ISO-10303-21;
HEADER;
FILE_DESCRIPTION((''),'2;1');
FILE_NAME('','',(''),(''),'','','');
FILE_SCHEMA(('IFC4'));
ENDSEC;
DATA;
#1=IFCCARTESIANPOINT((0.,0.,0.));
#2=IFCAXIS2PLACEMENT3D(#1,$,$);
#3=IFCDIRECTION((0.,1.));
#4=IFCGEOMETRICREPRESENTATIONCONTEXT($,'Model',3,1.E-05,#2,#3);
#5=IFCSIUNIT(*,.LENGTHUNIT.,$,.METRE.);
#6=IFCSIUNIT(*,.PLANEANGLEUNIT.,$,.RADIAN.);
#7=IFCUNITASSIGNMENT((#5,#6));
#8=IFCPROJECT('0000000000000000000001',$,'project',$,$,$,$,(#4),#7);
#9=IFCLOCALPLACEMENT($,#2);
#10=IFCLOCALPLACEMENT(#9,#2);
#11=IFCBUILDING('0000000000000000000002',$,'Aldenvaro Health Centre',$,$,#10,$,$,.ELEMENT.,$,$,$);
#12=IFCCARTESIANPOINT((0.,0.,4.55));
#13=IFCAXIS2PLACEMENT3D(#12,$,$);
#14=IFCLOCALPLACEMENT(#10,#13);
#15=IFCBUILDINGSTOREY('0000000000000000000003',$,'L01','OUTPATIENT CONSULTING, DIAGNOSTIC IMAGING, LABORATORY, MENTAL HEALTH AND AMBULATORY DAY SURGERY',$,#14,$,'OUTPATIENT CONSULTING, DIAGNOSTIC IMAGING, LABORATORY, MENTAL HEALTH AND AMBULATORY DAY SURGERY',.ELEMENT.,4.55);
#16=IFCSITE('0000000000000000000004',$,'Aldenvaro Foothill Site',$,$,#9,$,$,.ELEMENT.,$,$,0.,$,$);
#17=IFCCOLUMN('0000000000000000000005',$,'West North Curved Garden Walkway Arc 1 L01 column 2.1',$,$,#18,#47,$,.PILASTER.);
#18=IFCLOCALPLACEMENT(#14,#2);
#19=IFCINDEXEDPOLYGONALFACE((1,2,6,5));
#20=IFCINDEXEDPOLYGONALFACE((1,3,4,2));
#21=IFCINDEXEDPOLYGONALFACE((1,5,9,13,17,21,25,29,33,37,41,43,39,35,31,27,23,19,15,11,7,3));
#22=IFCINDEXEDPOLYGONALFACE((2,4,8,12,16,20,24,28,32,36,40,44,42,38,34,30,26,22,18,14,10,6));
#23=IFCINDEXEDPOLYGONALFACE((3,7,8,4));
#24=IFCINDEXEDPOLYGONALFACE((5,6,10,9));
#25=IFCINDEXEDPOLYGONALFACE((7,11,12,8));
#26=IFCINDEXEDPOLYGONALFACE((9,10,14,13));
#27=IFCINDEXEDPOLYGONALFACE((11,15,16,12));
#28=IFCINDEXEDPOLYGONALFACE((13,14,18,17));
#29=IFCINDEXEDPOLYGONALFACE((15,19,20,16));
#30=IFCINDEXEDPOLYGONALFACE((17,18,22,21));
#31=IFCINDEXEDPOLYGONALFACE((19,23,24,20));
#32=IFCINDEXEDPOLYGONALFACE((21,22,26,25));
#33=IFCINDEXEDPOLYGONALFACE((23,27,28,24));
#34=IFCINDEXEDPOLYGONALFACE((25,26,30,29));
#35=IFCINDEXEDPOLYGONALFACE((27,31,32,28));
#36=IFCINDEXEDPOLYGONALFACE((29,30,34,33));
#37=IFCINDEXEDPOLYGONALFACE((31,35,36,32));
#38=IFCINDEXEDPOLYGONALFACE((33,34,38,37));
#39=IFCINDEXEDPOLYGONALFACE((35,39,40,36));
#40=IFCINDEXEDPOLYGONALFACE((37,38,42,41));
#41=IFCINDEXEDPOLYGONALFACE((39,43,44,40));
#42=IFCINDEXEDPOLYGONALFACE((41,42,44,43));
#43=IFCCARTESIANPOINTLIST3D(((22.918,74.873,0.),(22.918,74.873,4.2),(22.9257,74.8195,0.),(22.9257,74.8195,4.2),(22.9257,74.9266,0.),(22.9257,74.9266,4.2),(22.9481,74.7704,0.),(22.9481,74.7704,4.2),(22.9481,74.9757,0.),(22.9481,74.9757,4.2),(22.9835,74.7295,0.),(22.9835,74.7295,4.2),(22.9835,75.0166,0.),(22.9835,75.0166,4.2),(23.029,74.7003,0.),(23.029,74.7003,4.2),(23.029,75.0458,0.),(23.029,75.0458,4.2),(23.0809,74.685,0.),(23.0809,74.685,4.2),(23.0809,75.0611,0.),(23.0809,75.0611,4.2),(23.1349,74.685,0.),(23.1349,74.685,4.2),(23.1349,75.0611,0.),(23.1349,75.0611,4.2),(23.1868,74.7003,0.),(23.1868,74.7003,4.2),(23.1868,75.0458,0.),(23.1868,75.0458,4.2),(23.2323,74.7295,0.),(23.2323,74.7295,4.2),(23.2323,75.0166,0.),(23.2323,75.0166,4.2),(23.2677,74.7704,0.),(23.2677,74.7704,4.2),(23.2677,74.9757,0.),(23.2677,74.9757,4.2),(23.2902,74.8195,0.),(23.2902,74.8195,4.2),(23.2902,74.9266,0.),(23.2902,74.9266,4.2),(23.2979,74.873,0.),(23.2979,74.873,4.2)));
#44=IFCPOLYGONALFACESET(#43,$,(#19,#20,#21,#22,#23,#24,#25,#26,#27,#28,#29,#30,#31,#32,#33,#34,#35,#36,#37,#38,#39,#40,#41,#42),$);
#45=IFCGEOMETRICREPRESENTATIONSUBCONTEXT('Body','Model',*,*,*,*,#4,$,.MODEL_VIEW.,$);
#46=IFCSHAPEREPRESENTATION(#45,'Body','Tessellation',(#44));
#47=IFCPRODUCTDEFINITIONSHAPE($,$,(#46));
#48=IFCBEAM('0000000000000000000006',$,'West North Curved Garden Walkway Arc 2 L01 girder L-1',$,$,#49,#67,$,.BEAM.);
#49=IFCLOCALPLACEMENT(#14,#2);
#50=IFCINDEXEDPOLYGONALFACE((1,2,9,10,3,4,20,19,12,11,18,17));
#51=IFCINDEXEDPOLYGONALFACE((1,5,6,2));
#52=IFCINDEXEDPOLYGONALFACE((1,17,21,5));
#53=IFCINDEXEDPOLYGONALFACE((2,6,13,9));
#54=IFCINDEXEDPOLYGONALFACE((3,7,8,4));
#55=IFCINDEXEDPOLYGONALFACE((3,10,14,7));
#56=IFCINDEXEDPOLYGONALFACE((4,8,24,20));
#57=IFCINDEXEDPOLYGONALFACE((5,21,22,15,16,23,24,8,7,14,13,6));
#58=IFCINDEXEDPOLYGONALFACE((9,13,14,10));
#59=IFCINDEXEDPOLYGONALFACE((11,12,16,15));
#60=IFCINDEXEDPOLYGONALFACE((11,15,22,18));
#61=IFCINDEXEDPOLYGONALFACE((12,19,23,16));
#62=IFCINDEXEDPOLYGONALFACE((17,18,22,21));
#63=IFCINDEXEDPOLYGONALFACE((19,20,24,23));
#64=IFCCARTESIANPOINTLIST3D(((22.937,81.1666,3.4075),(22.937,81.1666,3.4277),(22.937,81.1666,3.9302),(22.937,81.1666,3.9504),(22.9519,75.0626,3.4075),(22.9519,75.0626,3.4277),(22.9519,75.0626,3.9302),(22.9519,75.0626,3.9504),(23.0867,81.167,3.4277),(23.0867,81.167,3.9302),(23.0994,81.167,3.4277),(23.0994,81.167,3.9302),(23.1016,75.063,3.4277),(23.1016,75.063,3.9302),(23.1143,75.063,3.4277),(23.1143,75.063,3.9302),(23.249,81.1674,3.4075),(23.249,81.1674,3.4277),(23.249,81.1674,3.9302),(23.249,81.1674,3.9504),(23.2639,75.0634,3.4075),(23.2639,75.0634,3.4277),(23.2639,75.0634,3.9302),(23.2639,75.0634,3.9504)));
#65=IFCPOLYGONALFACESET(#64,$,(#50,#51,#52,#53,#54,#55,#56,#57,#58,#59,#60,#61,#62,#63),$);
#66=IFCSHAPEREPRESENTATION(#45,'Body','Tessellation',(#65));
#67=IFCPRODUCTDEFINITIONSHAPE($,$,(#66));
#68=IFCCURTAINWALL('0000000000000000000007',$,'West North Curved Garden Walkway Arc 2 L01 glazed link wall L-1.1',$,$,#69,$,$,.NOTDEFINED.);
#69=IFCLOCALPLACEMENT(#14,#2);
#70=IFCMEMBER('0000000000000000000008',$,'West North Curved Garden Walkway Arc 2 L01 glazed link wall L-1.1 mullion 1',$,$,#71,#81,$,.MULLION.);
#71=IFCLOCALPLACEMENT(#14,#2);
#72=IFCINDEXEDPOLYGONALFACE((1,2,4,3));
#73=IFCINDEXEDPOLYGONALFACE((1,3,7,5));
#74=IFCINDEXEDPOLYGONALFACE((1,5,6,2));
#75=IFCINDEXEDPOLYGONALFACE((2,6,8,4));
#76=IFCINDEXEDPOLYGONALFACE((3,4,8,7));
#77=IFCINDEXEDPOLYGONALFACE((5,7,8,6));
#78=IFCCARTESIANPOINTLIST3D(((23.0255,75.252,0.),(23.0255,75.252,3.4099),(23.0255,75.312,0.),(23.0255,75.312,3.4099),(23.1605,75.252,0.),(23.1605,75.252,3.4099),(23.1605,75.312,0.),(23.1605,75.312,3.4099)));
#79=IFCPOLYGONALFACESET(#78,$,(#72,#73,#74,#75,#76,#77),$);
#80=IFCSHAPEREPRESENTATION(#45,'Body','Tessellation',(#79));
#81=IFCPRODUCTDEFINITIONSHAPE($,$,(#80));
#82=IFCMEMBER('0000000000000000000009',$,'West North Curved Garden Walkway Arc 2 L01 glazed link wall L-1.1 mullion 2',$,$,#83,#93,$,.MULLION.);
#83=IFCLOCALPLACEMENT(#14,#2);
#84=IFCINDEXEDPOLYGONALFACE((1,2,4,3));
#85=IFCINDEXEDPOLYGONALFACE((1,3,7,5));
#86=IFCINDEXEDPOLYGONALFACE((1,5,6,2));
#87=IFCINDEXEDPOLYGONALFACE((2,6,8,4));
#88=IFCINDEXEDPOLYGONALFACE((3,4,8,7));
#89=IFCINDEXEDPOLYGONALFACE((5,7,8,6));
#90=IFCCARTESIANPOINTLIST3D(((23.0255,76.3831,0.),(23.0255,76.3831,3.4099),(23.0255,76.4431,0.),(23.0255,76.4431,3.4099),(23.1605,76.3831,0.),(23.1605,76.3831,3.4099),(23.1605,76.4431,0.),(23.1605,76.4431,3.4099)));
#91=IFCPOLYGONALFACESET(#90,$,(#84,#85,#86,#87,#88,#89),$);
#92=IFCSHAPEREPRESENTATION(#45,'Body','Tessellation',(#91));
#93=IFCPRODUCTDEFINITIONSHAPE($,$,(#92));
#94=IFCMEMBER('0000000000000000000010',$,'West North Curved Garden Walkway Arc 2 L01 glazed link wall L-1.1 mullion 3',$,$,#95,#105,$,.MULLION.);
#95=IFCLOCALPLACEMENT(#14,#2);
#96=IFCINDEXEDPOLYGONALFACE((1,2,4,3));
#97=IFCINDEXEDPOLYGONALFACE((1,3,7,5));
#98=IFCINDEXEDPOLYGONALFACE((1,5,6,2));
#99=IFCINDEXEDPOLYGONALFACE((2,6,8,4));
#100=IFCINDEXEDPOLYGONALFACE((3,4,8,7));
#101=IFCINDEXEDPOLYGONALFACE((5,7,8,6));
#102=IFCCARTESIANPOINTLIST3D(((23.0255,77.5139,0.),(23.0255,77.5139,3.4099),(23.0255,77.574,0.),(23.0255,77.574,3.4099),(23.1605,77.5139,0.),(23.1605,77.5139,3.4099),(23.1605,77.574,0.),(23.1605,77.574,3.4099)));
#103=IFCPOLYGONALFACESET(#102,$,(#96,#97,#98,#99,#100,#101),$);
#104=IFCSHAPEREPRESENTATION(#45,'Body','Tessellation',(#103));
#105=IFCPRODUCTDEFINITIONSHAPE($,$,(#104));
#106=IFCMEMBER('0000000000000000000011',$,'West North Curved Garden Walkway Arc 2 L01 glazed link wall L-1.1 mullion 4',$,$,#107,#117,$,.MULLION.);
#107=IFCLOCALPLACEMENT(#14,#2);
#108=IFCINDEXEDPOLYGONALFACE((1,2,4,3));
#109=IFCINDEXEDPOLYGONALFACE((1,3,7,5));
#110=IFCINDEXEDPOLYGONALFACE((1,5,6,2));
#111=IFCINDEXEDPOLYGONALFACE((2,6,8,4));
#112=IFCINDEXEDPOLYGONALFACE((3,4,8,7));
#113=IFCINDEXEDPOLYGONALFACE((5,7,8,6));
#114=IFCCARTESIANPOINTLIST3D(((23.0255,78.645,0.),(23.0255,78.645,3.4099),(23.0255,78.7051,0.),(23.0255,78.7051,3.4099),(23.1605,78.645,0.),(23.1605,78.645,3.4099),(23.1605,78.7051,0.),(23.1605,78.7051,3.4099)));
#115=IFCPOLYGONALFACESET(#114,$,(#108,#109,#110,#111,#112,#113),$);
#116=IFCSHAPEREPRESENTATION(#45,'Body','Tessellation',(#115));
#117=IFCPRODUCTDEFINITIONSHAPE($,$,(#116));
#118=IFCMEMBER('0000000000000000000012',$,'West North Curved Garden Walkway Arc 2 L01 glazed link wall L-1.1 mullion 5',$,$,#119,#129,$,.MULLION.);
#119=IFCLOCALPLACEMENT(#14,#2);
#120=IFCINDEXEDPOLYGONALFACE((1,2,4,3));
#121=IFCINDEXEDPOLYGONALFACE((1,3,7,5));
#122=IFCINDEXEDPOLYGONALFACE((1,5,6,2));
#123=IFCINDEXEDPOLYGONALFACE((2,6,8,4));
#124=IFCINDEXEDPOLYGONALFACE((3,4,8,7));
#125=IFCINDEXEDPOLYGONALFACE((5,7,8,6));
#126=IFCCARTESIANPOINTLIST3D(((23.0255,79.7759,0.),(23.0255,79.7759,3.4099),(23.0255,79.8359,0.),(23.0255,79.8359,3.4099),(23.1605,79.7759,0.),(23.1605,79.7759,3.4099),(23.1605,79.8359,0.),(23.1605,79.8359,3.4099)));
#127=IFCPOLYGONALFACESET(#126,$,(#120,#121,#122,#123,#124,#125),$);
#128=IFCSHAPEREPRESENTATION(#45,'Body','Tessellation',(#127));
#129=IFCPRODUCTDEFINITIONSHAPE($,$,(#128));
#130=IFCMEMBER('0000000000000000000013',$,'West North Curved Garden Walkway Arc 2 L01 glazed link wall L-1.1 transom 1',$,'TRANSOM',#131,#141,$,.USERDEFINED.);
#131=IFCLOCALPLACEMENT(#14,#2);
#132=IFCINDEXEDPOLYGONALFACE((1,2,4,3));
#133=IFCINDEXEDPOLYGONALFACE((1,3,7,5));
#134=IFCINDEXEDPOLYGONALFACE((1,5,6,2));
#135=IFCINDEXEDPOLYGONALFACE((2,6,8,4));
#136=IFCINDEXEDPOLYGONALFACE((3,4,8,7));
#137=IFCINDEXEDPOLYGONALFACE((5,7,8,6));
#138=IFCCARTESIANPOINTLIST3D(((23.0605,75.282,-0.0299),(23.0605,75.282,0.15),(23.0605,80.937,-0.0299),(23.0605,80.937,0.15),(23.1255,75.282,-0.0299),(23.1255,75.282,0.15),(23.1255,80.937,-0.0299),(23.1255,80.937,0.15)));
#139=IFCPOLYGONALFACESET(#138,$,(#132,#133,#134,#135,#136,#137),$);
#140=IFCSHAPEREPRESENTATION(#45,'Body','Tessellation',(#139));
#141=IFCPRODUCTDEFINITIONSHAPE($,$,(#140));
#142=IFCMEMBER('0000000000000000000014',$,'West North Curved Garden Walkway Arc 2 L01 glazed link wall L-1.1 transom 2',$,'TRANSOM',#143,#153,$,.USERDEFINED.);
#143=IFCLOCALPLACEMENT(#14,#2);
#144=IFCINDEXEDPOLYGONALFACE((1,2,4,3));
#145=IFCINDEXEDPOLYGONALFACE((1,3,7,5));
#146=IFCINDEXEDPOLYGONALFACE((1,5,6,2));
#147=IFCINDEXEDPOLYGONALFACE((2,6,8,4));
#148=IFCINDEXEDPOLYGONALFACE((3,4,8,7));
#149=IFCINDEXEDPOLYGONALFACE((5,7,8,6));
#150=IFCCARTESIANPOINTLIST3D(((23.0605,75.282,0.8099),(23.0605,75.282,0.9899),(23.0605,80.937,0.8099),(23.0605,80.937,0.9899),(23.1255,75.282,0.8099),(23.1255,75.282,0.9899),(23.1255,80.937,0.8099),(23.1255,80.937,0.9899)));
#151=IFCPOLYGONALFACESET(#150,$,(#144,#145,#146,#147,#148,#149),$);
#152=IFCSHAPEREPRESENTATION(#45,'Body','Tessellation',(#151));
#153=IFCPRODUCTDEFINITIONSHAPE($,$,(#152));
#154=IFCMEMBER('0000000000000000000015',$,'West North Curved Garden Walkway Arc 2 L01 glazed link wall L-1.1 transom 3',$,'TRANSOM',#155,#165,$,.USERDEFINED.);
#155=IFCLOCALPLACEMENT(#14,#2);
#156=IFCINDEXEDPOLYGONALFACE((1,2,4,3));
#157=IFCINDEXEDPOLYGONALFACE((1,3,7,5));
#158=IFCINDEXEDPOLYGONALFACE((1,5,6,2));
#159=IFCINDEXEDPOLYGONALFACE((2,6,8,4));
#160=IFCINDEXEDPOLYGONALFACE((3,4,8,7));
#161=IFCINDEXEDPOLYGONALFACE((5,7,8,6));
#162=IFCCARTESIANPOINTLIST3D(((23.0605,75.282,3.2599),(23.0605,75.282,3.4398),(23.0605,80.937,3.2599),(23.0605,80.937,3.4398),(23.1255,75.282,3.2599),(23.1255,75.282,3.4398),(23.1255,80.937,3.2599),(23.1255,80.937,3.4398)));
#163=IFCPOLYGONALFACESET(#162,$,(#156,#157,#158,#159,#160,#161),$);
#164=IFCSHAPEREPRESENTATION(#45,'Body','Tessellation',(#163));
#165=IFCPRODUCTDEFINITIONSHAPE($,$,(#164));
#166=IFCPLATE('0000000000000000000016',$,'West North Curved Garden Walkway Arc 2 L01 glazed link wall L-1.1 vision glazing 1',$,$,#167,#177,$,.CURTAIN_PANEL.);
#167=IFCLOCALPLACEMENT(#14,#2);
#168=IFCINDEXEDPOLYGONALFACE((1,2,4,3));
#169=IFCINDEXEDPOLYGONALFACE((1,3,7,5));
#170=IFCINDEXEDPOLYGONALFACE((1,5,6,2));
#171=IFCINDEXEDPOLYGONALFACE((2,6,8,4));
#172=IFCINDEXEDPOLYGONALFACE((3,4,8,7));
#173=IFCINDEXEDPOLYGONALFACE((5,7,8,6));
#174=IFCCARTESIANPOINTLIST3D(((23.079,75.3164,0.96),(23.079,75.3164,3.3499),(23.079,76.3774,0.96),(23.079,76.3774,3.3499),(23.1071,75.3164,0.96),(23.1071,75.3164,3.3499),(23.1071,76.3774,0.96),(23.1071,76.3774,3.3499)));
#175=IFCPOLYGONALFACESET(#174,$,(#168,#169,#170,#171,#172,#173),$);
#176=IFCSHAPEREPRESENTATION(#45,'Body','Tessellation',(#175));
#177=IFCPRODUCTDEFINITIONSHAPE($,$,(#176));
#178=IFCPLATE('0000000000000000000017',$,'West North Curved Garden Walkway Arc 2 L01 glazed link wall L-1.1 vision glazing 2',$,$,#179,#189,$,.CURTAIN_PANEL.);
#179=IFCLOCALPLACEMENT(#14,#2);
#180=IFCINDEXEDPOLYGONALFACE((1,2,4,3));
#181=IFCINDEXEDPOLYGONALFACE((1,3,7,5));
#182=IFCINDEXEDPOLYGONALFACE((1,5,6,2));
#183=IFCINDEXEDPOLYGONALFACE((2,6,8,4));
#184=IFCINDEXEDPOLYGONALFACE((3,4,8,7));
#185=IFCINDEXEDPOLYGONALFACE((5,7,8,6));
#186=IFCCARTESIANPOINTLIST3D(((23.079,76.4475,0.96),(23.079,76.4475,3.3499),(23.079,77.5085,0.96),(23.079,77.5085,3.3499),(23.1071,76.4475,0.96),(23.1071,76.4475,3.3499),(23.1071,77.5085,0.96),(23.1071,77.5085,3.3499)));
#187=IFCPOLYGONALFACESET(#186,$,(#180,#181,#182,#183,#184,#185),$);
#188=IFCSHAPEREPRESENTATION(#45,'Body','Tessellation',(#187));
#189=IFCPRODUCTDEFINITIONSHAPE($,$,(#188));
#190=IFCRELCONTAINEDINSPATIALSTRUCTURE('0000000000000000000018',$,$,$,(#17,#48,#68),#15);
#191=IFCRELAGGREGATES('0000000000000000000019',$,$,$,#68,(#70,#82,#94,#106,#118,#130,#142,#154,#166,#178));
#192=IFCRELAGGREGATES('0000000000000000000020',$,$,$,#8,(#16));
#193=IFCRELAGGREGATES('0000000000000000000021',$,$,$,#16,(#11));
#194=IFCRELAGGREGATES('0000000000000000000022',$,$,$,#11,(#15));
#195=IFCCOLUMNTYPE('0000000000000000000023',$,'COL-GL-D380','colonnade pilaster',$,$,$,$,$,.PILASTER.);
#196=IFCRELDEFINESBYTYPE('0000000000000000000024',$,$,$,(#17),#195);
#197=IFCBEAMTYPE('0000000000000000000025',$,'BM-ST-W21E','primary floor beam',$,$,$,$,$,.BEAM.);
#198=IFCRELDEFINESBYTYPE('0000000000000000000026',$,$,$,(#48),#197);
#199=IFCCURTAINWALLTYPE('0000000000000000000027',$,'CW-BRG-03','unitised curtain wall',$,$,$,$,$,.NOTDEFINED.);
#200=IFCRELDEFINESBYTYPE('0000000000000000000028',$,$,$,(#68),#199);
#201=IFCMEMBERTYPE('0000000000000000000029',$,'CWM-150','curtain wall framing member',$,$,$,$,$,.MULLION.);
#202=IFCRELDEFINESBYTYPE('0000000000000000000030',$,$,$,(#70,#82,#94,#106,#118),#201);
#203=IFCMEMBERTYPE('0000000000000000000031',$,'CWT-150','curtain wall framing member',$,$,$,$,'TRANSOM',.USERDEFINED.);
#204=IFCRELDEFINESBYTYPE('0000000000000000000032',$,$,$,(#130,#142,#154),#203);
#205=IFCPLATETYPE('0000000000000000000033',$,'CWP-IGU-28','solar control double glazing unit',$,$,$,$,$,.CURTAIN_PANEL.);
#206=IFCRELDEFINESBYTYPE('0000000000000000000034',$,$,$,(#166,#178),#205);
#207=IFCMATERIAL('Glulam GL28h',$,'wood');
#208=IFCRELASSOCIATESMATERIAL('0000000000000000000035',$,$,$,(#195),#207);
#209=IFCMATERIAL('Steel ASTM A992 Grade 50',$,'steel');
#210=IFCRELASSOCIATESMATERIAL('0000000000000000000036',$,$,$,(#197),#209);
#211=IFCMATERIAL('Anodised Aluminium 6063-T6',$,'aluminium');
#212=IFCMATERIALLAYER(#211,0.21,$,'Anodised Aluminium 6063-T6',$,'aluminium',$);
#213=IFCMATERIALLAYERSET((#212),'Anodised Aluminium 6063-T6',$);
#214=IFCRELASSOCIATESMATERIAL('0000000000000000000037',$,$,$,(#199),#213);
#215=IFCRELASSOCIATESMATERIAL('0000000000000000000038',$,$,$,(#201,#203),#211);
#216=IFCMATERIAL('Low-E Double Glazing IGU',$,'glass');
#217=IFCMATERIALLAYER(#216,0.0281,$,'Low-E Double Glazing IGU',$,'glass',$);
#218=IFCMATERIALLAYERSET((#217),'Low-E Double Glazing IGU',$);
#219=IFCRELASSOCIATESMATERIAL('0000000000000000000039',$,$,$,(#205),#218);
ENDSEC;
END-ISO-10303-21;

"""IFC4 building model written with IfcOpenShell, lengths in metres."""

from ifc_helpers import new_model, si_unit, direction, frame, origin, origin_2d, place, context, subcontext, project, spatial, rectangle, circle, i_section, extrude, material, layer, layer_set, material_profile, profile_set, type_object, element, aggregate, save


model = new_model("IFC4")

# Units and contexts
model_context = context("Model", 3, precision=1e-05, world=origin(), true_north=direction((0.0, 1.0)))
body_context = subcontext(model_context, "Body", "Model", "MODEL_VIEW")
ifc_project = project(units=[si_unit("LENGTHUNIT", "METRE"), si_unit("PLANEANGLEUNIT", "RADIAN")], contexts=[model_context])

# Site, building, storey
site_placement = place(None, origin())
site = spatial("IfcSite", under=ifc_project, at=site_placement, Name="Aldenvaro Foothill Site", CompositionType="ELEMENT", RefElevation=0.0)
building_placement = place(site_placement, origin())
building = spatial("IfcBuilding", under=site, at=building_placement, Name="Aldenvaro Health Centre", CompositionType="ELEMENT")
storey_placement = place(building_placement, frame((0.0, 0.0, 4.55)))
storey = spatial("IfcBuildingStorey", under=building, at=storey_placement, Name="L01", Description="OUTPATIENT CONSULTING, DIAGNOSTIC IMAGING, LABORATORY, MENTAL HEALTH AND AMBULATORY DAY SURGERY", LongName="OUTPATIENT CONSULTING, DIAGNOSTIC IMAGING, LABORATORY, MENTAL HEALTH AND AMBULATORY DAY SURGERY", CompositionType="ELEMENT", Elevation=4.55)

# Column
ifc_material_1 = material(Name="Glulam GL28h", Category="wood")
ifc_material_profile_1 = material_profile(ifc_material_1, circle(Radius=0.1899, at=origin_2d()), Name="GL D380", Category="wood")
ifc_profile_set_1 = profile_set([ifc_material_profile_1], Name="Glulam GL28h")
column_type = type_object("IfcColumnType", Name="COL-GL-D380", Description="colonnade pilaster", PredefinedType="PILASTER", material=ifc_profile_set_1)
column_placement = place(storey_placement, frame((23.1079, 74.873, 0.0), z_axis=(0.0, 0.0, 1.0), x_axis=(1.0, 0.0, 0.0)))
element("IfcColumn", 1, at=column_placement, inside=storey, type_object=column_type, Name="West North Curved Garden Walkway Arc 1 L01 column 2.1", PredefinedType="PILASTER", context=body_context, shape_type="SweptSolid", body=[
    extrude(circle(Radius=0.1899, at=origin_2d()), origin(), (0.0, 0.0, 1.0), 4.2),
])

# Beam
ifc_material_2 = material(Name="Steel ASTM A992 Grade 50", Category="steel")
ifc_material_profile_2 = material_profile(ifc_material_2, i_section(OverallWidth=0.312, OverallDepth=0.543, WebThickness=0.0127, FlangeThickness=0.0203, at=origin_2d()), Name="W21X101", Category="steel")
ifc_profile_set_2 = profile_set([ifc_material_profile_2], Name="Steel ASTM A992 Grade 50")
beam_type = type_object("IfcBeamType", Name="BM-ST-W21E", Description="primary floor beam", PredefinedType="BEAM", material=ifc_profile_set_2)
beam_placement = place(storey_placement, frame((23.1079, 75.063, 3.679), z_axis=(-0.00244, 0.999997, 0.0), x_axis=(-0.999997, -0.00244, 0.0)))
element("IfcBeam", 2, at=beam_placement, inside=storey, type_object=beam_type, Name="West North Curved Garden Walkway Arc 2 L01 girder L-1", PredefinedType="BEAM", context=body_context, shape_type="SweptSolid", body=[
    extrude(i_section(OverallWidth=0.312, OverallDepth=0.543, WebThickness=0.0127, FlangeThickness=0.0203, at=origin_2d()), origin(), (0.0, 0.0, 1.0), 6.104),
])

# Curtain wall, members, plates
ifc_material_3 = material(Name="Anodised Aluminium 6063-T6", Category="aluminium")
ifc_layer_1 = layer(ifc_material_3, 0.21, Name="Anodised Aluminium 6063-T6", Category="aluminium")
ifc_layer_set_1 = layer_set([ifc_layer_1], Name="Anodised Aluminium 6063-T6")
curtain_wall_type = type_object("IfcCurtainWallType", Name="CW-BRG-03", Description="unitised curtain wall", PredefinedType="NOTDEFINED", material=ifc_layer_set_1)
curtain_wall_placement = place(storey_placement, origin())
curtain_wall = element("IfcCurtainWall", 3, at=curtain_wall_placement, inside=storey, type_object=curtain_wall_type, Name="West North Curved Garden Walkway Arc 2 L01 glazed link wall L-1.1", PredefinedType="NOTDEFINED")
ifc_material_profile_3 = material_profile(ifc_material_3, rectangle(XDim=0.0601, YDim=0.135, at=origin_2d()), Name="ALU 60x135", Category="aluminium")
ifc_profile_set_3 = profile_set([ifc_material_profile_3], Name="Anodised Aluminium 6063-T6")
member_type_1 = type_object("IfcMemberType", Name="CWM-150", Description="curtain wall framing member", PredefinedType="MULLION", material=ifc_profile_set_3)
member_1_placement = place(storey_placement, frame((23.093, 75.282, 0.0), z_axis=(0.0, 0.0, 1.0), x_axis=(0.0, 1.0, 0.0)))
member_1 = element("IfcMember", 4, at=member_1_placement, type_object=member_type_1, Name="West North Curved Garden Walkway Arc 2 L01 glazed link wall L-1.1 mullion 1", PredefinedType="MULLION", context=body_context, shape_type="SweptSolid", body=[
    extrude(rectangle(XDim=0.0601, YDim=0.135, at=origin_2d()), origin(), (0.0, 0.0, 1.0), 3.4099),
])
member_2_placement = place(storey_placement, frame((23.093, 76.4131, 0.0), z_axis=(0.0, 0.0, 1.0), x_axis=(0.0, 1.0, 0.0)))
member_2 = element("IfcMember", 5, at=member_2_placement, type_object=member_type_1, Name="West North Curved Garden Walkway Arc 2 L01 glazed link wall L-1.1 mullion 2", PredefinedType="MULLION", context=body_context, shape_type="SweptSolid", body=[
    extrude(rectangle(XDim=0.0601, YDim=0.135, at=origin_2d()), origin(), (0.0, 0.0, 1.0), 3.4099),
])
member_3_placement = place(storey_placement, frame((23.093, 77.5439, 0.0), z_axis=(0.0, 0.0, 1.0), x_axis=(0.0, 1.0, 0.0)))
member_3 = element("IfcMember", 6, at=member_3_placement, type_object=member_type_1, Name="West North Curved Garden Walkway Arc 2 L01 glazed link wall L-1.1 mullion 3", PredefinedType="MULLION", context=body_context, shape_type="SweptSolid", body=[
    extrude(rectangle(XDim=0.0601, YDim=0.135, at=origin_2d()), origin(), (0.0, 0.0, 1.0), 3.4099),
])
member_4_placement = place(storey_placement, frame((23.093, 78.675, 0.0), z_axis=(0.0, 0.0, 1.0), x_axis=(0.0, 1.0, 0.0)))
member_4 = element("IfcMember", 7, at=member_4_placement, type_object=member_type_1, Name="West North Curved Garden Walkway Arc 2 L01 glazed link wall L-1.1 mullion 4", PredefinedType="MULLION", context=body_context, shape_type="SweptSolid", body=[
    extrude(rectangle(XDim=0.0601, YDim=0.135, at=origin_2d()), origin(), (0.0, 0.0, 1.0), 3.4099),
])
member_5_placement = place(storey_placement, frame((23.093, 79.8059, 0.0), z_axis=(0.0, 0.0, 1.0), x_axis=(0.0, 1.0, 0.0)))
member_5 = element("IfcMember", 8, at=member_5_placement, type_object=member_type_1, Name="West North Curved Garden Walkway Arc 2 L01 glazed link wall L-1.1 mullion 5", PredefinedType="MULLION", context=body_context, shape_type="SweptSolid", body=[
    extrude(rectangle(XDim=0.0601, YDim=0.135, at=origin_2d()), origin(), (0.0, 0.0, 1.0), 3.4099),
])
ifc_material_profile_4 = material_profile(ifc_material_3, rectangle(XDim=0.0649, YDim=0.1799, at=origin_2d()), Name="ALU 65x180", Category="aluminium")
ifc_profile_set_4 = profile_set([ifc_material_profile_4], Name="Anodised Aluminium 6063-T6")
member_type_2 = type_object("IfcMemberType", Name="CWT-150", Description="curtain wall framing member", ElementType="TRANSOM", PredefinedType="USERDEFINED", material=ifc_profile_set_4)
member_6_placement = place(storey_placement, frame((23.093, 75.282, 0.0601), z_axis=(0.0, 1.0, 0.0), x_axis=(-1.0, 0.0, 0.0)))
member_6 = element("IfcMember", 9, at=member_6_placement, type_object=member_type_2, Name="West North Curved Garden Walkway Arc 2 L01 glazed link wall L-1.1 transom 1", ObjectType="TRANSOM", PredefinedType="USERDEFINED", context=body_context, shape_type="SweptSolid", body=[
    extrude(rectangle(XDim=0.0649, YDim=0.1799, at=origin_2d()), origin(), (0.0, 0.0, 1.0), 5.655),
])
member_7_placement = place(storey_placement, frame((23.093, 75.282, 0.8999), z_axis=(0.0, 1.0, 0.0), x_axis=(-1.0, 0.0, 0.0)))
member_7 = element("IfcMember", 10, at=member_7_placement, type_object=member_type_2, Name="West North Curved Garden Walkway Arc 2 L01 glazed link wall L-1.1 transom 2", ObjectType="TRANSOM", PredefinedType="USERDEFINED", context=body_context, shape_type="SweptSolid", body=[
    extrude(rectangle(XDim=0.0649, YDim=0.1799, at=origin_2d()), origin(), (0.0, 0.0, 1.0), 5.655),
])
member_8_placement = place(storey_placement, frame((23.093, 75.282, 3.3499), z_axis=(0.0, 1.0, 0.0), x_axis=(-1.0, 0.0, 0.0)))
member_8 = element("IfcMember", 11, at=member_8_placement, type_object=member_type_2, Name="West North Curved Garden Walkway Arc 2 L01 glazed link wall L-1.1 transom 3", ObjectType="TRANSOM", PredefinedType="USERDEFINED", context=body_context, shape_type="SweptSolid", body=[
    extrude(rectangle(XDim=0.0649, YDim=0.1799, at=origin_2d()), origin(), (0.0, 0.0, 1.0), 5.655),
])
ifc_material_4 = material(Name="Low-E Double Glazing IGU", Category="glass")
ifc_layer_2 = layer(ifc_material_4, 0.0281, Name="Low-E Double Glazing IGU", Category="glass")
ifc_layer_set_2 = layer_set([ifc_layer_2], Name="Low-E Double Glazing IGU")
plate_type_1 = type_object("IfcPlateType", Name="CWP-IGU-28", Description="solar control double glazing unit", PredefinedType="CURTAIN_PANEL", material=ifc_layer_set_2)
plate_1_placement = place(storey_placement, frame((23.093, 75.8469, 0.96), z_axis=(0.0, 0.0, 1.0), x_axis=(0.0, 1.0, 0.0)))
plate_1 = element("IfcPlate", 12, at=plate_1_placement, type_object=plate_type_1, Name="West North Curved Garden Walkway Arc 2 L01 glazed link wall L-1.1 vision glazing 1", PredefinedType="CURTAIN_PANEL", context=body_context, shape_type="SweptSolid", body=[
    extrude(rectangle(XDim=1.061, YDim=0.0281, at=origin_2d()), origin(), (0.0, 0.0, 1.0), 2.3899),
])
plate_2_placement = place(storey_placement, frame((23.093, 76.978, 0.96), z_axis=(0.0, 0.0, 1.0), x_axis=(0.0, 1.0, 0.0)))
plate_2 = element("IfcPlate", 13, at=plate_2_placement, type_object=plate_type_1, Name="West North Curved Garden Walkway Arc 2 L01 glazed link wall L-1.1 vision glazing 2", PredefinedType="CURTAIN_PANEL", context=body_context, shape_type="SweptSolid", body=[
    extrude(rectangle(XDim=1.061, YDim=0.0281, at=origin_2d()), origin(), (0.0, 0.0, 1.0), 2.3899),
])
aggregate(curtain_wall, [member_1, member_2, member_3, member_4, member_5, member_6, member_7, member_8, plate_1, plate_2])

save(model, "model.ifc")
